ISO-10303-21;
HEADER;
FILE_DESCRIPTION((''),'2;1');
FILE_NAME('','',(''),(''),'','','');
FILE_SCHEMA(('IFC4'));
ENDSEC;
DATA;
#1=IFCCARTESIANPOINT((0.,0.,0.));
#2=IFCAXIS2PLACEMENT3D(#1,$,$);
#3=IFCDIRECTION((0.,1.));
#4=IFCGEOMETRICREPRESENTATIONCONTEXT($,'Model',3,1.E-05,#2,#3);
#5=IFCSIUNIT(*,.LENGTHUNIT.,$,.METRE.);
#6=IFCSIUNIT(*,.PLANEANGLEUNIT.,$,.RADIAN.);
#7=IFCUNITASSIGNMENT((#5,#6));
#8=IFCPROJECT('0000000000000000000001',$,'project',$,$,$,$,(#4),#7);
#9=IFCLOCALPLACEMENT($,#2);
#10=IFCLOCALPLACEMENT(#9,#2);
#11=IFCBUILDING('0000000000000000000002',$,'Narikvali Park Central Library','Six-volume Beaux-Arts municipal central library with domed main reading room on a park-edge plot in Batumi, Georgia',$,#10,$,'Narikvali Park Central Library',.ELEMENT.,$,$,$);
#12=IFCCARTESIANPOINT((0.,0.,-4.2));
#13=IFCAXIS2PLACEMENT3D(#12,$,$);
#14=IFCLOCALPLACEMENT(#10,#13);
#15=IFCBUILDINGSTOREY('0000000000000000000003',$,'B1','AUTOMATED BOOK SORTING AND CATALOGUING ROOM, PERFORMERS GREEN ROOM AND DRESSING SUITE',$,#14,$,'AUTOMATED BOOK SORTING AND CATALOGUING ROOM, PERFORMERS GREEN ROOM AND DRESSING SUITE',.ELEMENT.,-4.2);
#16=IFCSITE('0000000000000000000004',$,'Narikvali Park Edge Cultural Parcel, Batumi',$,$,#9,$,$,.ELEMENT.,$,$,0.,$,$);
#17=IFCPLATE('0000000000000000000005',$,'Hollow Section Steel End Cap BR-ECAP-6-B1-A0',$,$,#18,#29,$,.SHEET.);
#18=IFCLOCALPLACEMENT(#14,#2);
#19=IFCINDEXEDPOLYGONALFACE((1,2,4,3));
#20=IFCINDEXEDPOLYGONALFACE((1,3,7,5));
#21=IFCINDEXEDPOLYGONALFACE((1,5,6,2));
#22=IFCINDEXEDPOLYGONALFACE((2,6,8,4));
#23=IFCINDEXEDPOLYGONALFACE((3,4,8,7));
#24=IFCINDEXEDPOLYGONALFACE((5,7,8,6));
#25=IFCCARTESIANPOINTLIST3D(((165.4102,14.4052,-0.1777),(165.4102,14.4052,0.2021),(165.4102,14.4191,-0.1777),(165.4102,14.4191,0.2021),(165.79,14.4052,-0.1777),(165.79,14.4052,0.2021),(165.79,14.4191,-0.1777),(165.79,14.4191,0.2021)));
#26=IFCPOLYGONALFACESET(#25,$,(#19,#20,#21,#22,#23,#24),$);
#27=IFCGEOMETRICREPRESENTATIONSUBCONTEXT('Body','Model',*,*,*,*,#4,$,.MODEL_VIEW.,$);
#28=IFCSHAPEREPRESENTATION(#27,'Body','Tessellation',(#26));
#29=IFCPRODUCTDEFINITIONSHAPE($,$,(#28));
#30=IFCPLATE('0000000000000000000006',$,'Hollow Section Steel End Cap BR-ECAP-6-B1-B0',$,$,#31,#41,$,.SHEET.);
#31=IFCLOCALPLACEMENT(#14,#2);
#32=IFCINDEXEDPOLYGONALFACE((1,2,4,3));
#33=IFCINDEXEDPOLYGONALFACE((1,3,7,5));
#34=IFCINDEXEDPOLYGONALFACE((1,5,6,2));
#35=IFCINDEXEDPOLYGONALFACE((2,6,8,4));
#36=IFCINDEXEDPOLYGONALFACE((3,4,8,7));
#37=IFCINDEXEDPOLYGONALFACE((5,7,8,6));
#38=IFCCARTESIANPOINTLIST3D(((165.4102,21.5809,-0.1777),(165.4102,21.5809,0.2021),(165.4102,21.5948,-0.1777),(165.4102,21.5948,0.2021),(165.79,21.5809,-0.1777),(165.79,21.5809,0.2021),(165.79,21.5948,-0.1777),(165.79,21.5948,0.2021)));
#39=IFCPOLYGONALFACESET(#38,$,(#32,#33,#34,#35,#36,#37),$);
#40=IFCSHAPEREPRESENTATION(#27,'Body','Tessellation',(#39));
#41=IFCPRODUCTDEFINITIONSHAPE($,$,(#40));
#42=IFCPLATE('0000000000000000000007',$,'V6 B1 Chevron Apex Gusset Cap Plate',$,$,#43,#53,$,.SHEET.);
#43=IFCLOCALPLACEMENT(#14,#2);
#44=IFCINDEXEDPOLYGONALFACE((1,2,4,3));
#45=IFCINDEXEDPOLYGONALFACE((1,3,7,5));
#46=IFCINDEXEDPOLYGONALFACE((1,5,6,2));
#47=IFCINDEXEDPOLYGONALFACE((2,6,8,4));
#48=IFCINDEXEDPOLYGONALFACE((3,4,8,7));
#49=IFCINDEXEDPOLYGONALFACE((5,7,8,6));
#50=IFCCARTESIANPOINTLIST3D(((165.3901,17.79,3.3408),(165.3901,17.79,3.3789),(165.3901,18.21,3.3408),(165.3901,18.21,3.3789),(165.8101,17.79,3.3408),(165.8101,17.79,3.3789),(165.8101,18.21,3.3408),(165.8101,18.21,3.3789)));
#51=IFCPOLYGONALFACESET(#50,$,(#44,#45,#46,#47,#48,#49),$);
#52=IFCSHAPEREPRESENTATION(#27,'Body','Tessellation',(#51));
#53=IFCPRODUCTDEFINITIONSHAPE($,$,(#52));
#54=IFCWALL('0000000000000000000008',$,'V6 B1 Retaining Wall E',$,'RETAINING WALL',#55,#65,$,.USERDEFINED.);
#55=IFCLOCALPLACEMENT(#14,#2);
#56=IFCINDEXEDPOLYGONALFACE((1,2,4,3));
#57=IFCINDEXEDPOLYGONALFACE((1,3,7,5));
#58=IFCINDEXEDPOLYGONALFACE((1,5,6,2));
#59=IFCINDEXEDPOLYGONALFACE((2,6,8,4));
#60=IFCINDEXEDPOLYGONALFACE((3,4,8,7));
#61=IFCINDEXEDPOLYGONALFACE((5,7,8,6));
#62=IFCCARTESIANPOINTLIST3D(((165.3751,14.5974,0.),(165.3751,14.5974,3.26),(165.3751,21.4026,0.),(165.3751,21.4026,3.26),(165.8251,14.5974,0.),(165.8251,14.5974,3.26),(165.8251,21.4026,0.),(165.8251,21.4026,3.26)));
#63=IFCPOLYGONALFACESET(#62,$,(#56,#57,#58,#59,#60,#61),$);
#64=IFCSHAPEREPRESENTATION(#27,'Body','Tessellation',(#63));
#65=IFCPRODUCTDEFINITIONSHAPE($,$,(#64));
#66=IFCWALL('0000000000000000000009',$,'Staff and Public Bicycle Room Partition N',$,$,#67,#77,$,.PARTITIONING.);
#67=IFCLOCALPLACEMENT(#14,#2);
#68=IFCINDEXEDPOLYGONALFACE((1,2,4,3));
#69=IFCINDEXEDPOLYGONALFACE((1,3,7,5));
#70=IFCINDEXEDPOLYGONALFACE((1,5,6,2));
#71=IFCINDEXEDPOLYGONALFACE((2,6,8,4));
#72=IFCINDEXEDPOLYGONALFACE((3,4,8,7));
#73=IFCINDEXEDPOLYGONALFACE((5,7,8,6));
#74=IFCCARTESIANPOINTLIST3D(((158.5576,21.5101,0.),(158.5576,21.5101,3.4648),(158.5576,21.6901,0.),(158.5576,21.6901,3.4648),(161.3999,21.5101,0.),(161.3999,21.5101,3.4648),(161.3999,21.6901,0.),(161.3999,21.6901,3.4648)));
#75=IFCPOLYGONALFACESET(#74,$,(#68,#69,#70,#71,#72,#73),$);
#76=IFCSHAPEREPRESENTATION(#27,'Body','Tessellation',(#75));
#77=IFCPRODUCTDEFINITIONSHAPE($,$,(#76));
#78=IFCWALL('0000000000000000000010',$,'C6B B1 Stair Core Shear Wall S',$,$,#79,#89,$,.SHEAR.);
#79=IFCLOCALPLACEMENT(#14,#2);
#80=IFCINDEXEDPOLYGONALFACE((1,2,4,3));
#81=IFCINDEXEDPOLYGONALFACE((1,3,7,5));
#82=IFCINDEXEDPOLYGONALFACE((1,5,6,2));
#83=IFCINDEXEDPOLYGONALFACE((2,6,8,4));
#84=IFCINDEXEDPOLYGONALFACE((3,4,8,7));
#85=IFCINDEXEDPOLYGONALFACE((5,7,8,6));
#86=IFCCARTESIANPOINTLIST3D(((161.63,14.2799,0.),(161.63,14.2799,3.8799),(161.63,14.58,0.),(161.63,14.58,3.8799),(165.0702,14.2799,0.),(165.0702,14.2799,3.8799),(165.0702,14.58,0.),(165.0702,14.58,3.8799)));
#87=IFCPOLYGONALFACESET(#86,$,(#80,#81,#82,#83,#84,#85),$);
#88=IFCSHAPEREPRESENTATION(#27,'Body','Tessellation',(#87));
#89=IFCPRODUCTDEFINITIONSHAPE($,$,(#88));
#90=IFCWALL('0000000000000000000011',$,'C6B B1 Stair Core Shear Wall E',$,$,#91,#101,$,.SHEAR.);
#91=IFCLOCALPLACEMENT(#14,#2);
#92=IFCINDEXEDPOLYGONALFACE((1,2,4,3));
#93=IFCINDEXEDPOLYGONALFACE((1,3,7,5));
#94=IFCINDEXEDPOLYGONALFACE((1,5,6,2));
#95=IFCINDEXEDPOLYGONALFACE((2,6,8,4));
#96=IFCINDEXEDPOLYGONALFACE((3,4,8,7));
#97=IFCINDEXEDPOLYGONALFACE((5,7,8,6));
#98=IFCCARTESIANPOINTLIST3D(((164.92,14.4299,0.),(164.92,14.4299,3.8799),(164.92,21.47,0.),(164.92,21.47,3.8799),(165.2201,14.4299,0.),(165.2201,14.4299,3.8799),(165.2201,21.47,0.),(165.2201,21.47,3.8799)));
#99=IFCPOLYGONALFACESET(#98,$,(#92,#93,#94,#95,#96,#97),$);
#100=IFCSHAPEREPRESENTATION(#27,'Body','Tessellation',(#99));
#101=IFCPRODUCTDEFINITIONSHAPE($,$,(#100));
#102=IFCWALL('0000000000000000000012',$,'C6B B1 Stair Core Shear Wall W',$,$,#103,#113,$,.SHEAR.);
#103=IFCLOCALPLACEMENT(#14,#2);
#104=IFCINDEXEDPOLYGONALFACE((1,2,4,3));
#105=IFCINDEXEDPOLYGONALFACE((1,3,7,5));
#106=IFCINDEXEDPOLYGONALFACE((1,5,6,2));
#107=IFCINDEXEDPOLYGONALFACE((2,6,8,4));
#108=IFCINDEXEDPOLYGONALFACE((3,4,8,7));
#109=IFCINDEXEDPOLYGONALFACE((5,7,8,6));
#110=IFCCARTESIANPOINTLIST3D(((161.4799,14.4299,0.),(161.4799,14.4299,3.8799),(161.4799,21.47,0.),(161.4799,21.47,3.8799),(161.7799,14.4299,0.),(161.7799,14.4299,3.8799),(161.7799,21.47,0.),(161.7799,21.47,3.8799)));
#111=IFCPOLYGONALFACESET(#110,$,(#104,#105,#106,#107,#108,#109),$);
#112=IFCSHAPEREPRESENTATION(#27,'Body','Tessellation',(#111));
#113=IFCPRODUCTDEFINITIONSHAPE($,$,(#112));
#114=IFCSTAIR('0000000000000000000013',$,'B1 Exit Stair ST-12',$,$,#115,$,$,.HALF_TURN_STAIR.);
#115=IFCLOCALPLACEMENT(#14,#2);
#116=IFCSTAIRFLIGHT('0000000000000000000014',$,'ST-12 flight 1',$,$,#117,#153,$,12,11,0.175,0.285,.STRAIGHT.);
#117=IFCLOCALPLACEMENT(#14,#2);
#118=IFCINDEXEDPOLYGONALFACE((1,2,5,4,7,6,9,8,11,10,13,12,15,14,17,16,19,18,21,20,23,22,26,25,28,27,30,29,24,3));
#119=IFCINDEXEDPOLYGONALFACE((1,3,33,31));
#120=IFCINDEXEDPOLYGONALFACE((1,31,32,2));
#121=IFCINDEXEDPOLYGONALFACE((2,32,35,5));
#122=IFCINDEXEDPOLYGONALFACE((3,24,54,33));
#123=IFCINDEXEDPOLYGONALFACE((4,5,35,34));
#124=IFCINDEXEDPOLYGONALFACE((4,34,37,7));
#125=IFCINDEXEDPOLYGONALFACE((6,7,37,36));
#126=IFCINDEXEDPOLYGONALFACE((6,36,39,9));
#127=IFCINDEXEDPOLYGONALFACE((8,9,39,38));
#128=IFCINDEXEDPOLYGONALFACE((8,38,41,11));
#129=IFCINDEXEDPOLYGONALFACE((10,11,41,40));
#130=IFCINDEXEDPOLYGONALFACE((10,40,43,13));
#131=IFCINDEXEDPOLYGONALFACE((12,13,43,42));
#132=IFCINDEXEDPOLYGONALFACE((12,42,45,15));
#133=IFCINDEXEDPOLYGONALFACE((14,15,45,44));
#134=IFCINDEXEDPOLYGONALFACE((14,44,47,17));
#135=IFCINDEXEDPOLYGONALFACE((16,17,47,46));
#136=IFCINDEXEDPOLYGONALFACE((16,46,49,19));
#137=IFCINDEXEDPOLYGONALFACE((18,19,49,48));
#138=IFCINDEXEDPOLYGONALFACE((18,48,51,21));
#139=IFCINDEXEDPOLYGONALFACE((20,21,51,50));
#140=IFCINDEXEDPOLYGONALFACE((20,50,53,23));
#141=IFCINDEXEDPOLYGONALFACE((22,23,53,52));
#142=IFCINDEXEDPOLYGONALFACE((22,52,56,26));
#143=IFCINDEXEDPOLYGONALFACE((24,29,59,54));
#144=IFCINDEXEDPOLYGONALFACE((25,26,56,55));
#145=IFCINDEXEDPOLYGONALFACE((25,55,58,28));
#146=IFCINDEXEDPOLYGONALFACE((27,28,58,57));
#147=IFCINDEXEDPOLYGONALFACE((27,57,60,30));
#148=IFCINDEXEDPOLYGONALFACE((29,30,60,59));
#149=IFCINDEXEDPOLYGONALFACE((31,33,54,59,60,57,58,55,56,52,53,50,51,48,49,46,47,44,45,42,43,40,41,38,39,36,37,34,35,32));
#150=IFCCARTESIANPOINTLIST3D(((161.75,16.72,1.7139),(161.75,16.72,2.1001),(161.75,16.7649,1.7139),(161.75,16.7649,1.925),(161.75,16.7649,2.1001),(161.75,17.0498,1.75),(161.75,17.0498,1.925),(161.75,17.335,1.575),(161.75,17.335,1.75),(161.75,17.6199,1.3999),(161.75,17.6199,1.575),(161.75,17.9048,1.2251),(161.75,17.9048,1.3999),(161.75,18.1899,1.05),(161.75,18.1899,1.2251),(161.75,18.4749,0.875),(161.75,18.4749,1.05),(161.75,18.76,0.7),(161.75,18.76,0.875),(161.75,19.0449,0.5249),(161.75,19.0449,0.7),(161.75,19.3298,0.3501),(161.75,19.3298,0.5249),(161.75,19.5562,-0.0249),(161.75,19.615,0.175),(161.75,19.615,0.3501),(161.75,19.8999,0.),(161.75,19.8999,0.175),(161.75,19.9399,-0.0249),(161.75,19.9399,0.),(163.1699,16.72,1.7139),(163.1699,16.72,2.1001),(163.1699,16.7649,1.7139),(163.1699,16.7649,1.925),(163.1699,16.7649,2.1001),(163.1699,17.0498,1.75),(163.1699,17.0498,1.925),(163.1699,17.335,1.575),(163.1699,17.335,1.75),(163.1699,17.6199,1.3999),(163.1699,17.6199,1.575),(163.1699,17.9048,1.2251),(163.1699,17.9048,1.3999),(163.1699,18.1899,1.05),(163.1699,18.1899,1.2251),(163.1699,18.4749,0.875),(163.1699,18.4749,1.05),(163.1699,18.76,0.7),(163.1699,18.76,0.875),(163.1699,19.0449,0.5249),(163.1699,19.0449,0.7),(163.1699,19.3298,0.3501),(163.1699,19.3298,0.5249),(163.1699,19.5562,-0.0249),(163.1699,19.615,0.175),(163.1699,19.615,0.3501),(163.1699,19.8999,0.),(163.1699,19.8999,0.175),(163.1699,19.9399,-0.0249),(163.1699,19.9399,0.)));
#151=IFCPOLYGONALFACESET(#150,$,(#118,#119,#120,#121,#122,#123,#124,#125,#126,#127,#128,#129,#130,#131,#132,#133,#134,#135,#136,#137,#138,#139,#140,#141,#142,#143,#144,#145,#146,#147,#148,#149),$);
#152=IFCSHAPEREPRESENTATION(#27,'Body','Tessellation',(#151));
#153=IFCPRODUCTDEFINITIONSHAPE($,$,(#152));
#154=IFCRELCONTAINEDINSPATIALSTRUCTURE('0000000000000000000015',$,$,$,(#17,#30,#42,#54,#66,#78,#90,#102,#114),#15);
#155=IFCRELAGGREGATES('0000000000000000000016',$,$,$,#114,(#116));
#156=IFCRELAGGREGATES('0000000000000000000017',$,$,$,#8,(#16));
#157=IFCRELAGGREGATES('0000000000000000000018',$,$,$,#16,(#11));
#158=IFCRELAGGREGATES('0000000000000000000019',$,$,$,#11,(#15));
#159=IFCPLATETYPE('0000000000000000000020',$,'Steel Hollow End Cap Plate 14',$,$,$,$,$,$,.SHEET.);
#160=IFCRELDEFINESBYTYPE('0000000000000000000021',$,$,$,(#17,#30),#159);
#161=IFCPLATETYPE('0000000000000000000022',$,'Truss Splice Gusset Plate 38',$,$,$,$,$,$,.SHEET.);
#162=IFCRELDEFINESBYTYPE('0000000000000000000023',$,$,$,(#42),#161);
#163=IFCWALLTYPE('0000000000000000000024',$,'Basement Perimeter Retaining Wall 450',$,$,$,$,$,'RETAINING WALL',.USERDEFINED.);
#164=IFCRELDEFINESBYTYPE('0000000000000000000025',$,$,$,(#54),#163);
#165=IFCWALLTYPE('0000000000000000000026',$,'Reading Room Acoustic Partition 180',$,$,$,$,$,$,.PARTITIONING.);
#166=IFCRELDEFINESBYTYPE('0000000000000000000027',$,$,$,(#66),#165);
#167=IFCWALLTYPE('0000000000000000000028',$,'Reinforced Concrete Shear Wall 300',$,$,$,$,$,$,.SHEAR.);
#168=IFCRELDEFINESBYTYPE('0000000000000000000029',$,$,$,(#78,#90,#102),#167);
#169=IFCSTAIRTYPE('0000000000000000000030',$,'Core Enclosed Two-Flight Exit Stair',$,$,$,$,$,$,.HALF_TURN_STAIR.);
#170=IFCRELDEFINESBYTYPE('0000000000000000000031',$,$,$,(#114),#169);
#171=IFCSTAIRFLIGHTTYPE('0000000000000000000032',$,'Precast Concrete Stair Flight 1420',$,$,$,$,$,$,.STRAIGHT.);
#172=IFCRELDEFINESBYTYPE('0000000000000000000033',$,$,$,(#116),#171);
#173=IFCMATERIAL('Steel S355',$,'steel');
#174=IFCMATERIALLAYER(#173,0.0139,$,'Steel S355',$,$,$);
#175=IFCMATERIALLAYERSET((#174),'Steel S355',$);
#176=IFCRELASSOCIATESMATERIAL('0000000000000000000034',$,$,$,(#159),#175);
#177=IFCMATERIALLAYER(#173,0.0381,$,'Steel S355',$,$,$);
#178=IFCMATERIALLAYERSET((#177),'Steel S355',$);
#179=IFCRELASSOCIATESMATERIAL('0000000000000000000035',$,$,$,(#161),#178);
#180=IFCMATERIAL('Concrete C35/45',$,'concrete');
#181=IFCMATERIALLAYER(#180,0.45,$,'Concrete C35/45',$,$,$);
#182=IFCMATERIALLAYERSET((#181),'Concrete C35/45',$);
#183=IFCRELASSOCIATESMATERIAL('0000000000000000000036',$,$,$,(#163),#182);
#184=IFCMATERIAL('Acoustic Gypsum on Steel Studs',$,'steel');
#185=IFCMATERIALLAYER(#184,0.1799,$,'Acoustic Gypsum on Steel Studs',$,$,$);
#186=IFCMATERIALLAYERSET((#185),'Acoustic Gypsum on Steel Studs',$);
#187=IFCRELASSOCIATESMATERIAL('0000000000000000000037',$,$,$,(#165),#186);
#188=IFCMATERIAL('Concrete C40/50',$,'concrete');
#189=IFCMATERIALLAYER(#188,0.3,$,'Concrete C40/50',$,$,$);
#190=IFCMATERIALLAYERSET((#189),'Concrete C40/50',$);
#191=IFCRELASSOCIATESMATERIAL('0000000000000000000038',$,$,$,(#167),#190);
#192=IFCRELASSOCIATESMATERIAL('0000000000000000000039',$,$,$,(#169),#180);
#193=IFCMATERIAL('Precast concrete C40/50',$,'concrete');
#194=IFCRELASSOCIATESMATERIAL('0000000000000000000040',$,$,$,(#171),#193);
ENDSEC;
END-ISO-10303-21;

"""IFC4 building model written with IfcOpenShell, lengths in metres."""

from ifc_helpers import new_model, si_unit, direction, frame, frame_2d, origin, origin_2d, place, context, subcontext, project, spatial, polyline, rectangle, outline, extrude, material, layer, layer_set, type_object, element, aggregate, save


model = new_model("IFC4")

# Units and contexts
model_context = context("Model", 3, precision=1e-05, world=origin(), true_north=direction((0.0, 1.0)))
body_context = subcontext(model_context, "Body", "Model", "MODEL_VIEW")
ifc_project = project(units=[si_unit("LENGTHUNIT", "METRE"), si_unit("PLANEANGLEUNIT", "RADIAN")], contexts=[model_context])

# Site, building, storey
site_placement = place(None, origin())
site = spatial("IfcSite", under=ifc_project, at=site_placement, Name="Narikvali Park Edge Cultural Parcel, Batumi", CompositionType="ELEMENT", RefElevation=0.0)
building_placement = place(site_placement, origin())
building = spatial("IfcBuilding", under=site, at=building_placement, Name="Narikvali Park Central Library", Description="Six-volume Beaux-Arts municipal central library with domed main reading room on a park-edge plot in Batumi, Georgia", LongName="Narikvali Park Central Library", CompositionType="ELEMENT")
storey_placement = place(building_placement, frame((0.0, 0.0, -4.2)))
storey = spatial("IfcBuildingStorey", under=building, at=storey_placement, Name="B1", Description="AUTOMATED BOOK SORTING AND CATALOGUING ROOM, PERFORMERS GREEN ROOM AND DRESSING SUITE", LongName="AUTOMATED BOOK SORTING AND CATALOGUING ROOM, PERFORMERS GREEN ROOM AND DRESSING SUITE", CompositionType="ELEMENT", Elevation=-4.2)

# Shared definitions
ifc_material_1 = material(Name="Concrete C35/45", Category="concrete")

# Shared definitions
ifc_material_2 = material(Name="Steel S355", Category="steel")

# Plates
ifc_layer_1 = layer(ifc_material_2, 0.0139, Name="Steel S355")
ifc_layer_set_1 = layer_set([ifc_layer_1], Name="Steel S355")
plate_type_1 = type_object("IfcPlateType", Name="Steel Hollow End Cap Plate 14", PredefinedType="SHEET", material=ifc_layer_set_1)
for number, where, z_axis, x_axis, name in (
    (1, (165.6001, 14.4121, -0.1777), (0.0, 0.0, 1.0), (-1.0, 0.0, 0.0), "Hollow Section Steel End Cap BR-ECAP-6-B1-A0"),
    (2, (165.6001, 21.5879, -0.1777), (0.0, 0.0, 1.0), (1.0, 0.0, 0.0), "Hollow Section Steel End Cap BR-ECAP-6-B1-B0"),
):
    element("IfcPlate", number, at=place(storey_placement, frame(where, z_axis=z_axis, x_axis=x_axis)), inside=storey, type_object=plate_type_1, Name=name, PredefinedType="SHEET", context=body_context, shape_type="SweptSolid", body=[
        extrude(rectangle(XDim=0.3799, YDim=0.0139, at=origin_2d()), origin(), (0.0, 0.0, 1.0), 0.3799),
    ])
ifc_layer_2 = layer(ifc_material_2, 0.0381, Name="Steel S355")
ifc_layer_set_2 = layer_set([ifc_layer_2], Name="Steel S355")
plate_type_2 = type_object("IfcPlateType", Name="Truss Splice Gusset Plate 38", PredefinedType="SHEET", material=ifc_layer_set_2)
plate_placement = place(storey_placement, frame((165.6001, 18.0, 3.3408), z_axis=(0.0, 0.0, 1.0), x_axis=(1.0, 0.0, 0.0)))
element("IfcPlate", 3, at=plate_placement, inside=storey, type_object=plate_type_2, Name="V6 B1 Chevron Apex Gusset Cap Plate", PredefinedType="SHEET", context=body_context, shape_type="SweptSolid", body=[
    extrude(rectangle(XDim=0.4199, YDim=0.4199, at=origin_2d()), origin(), (0.0, 0.0, 1.0), 0.0381),
])

# Walls
ifc_layer_3 = layer(ifc_material_1, 0.45, Name="Concrete C35/45")
ifc_layer_set_3 = layer_set([ifc_layer_3], Name="Concrete C35/45")
wall_type_1 = type_object("IfcWallType", Name="Basement Perimeter Retaining Wall 450", ElementType="RETAINING WALL", PredefinedType="USERDEFINED", material=ifc_layer_set_3)
wall_1_placement = place(storey_placement, frame((165.6001, 14.5974, 0.0), z_axis=(0.0, 0.0, 1.0), x_axis=(0.0, 1.0, 0.0)))
element("IfcWall", 4, at=wall_1_placement, inside=storey, type_object=wall_type_1, Name="V6 B1 Retaining Wall E", ObjectType="RETAINING WALL", PredefinedType="USERDEFINED", context=body_context, shape_type="SweptSolid", body=[
    extrude(rectangle(XDim=6.8052, YDim=0.45, at=frame_2d((3.4026, 0.0))), origin(), (0.0, 0.0, 1.0), 3.26),
])
ifc_material_3 = material(Name="Acoustic Gypsum on Steel Studs", Category="steel")
ifc_layer_4 = layer(ifc_material_3, 0.1799, Name="Acoustic Gypsum on Steel Studs")
ifc_layer_set_4 = layer_set([ifc_layer_4], Name="Acoustic Gypsum on Steel Studs")
wall_type_2 = type_object("IfcWallType", Name="Reading Room Acoustic Partition 180", PredefinedType="PARTITIONING", material=ifc_layer_set_4)
wall_2_placement = place(storey_placement, frame((158.5576, 21.6001, 0.0), z_axis=(0.0, 0.0, 1.0), x_axis=(1.0, 0.0, 0.0)))
element("IfcWall", 5, at=wall_2_placement, inside=storey, type_object=wall_type_2, Name="Staff and Public Bicycle Room Partition N", PredefinedType="PARTITIONING", context=body_context, shape_type="SweptSolid", body=[
    extrude(rectangle(XDim=2.8423, YDim=0.1799, at=frame_2d((1.4211, 0.0))), origin(), (0.0, 0.0, 1.0), 3.4648),
])
ifc_material_4 = material(Name="Concrete C40/50", Category="concrete")
ifc_layer_5 = layer(ifc_material_4, 0.3, Name="Concrete C40/50")
ifc_layer_set_5 = layer_set([ifc_layer_5], Name="Concrete C40/50")
wall_type_3 = type_object("IfcWallType", Name="Reinforced Concrete Shear Wall 300", PredefinedType="SHEAR", material=ifc_layer_set_5)
wall_3_placement = place(storey_placement, frame((161.6299, 14.4299, 0.0), z_axis=(0.0, 0.0, 1.0), x_axis=(1.0, 0.0, 0.0)))
element("IfcWall", 6, at=wall_3_placement, inside=storey, type_object=wall_type_3, Name="C6B B1 Stair Core Shear Wall S", PredefinedType="SHEAR", context=body_context, shape_type="SweptSolid", body=[
    extrude(rectangle(XDim=3.4402, YDim=0.3, at=frame_2d((1.7202, 0.0))), origin(), (0.0, 0.0, 1.0), 3.8799),
])
wall_4_placement = place(storey_placement, frame((165.0701, 14.4299, 0.0), z_axis=(0.0, 0.0, 1.0), x_axis=(0.0, 1.0, 0.0)))
element("IfcWall", 7, at=wall_4_placement, inside=storey, type_object=wall_type_3, Name="C6B B1 Stair Core Shear Wall E", PredefinedType="SHEAR", context=body_context, shape_type="SweptSolid", body=[
    extrude(rectangle(XDim=7.04, YDim=0.3, at=frame_2d((3.52, 0.0))), origin(), (0.0, 0.0, 1.0), 3.8799),
])

# Wall
wall_5_placement = place(storey_placement, frame((161.6299, 21.47, 0.0), z_axis=(0.0, 0.0, 1.0), x_axis=(0.0, -1.0, 0.0)))
element("IfcWall", 8, at=wall_5_placement, inside=storey, type_object=wall_type_3, Name="C6B B1 Stair Core Shear Wall W", PredefinedType="SHEAR", context=body_context, shape_type="SweptSolid", body=[
    extrude(rectangle(XDim=7.04, YDim=0.3, at=frame_2d((3.52, 0.0))), origin(), (0.0, 0.0, 1.0), 3.8799),
])

# Stair, stair flight
stair_type = type_object("IfcStairType", Name="Core Enclosed Two-Flight Exit Stair", PredefinedType="HALF_TURN_STAIR", material=ifc_material_1)
stair_placement = place(storey_placement, origin())
stair = element("IfcStair", 9, at=stair_placement, inside=storey, type_object=stair_type, Name="B1 Exit Stair ST-12", PredefinedType="HALF_TURN_STAIR")
ifc_material_5 = material(Name="Precast concrete C40/50", Category="concrete")
stair_flight_type = type_object("IfcStairFlightType", Name="Precast Concrete Stair Flight 1420", PredefinedType="STRAIGHT", material=ifc_material_5)
stair_flight_1_placement = place(storey_placement, frame((162.46, 19.8999, 0.0), z_axis=(0.0, 0.0, 1.0), x_axis=(0.0, -1.0, 0.0)))
stair_flight_1 = element("IfcStairFlight", 10, at=stair_flight_1_placement, type_object=stair_flight_type, Name="ST-12 flight 1", NumberOfRisers=12, NumberOfTreads=11, PredefinedType="STRAIGHT", RiserHeight=0.175, TreadLength=0.285, context=body_context, shape_type="SweptSolid", body=[
    extrude(outline(polyline([(-0.04, -0.0249), (-0.04, 0.0), (0.0, 0.0), (0.0, 0.175), (0.2849, 0.175), (0.2849, 0.3501), (0.5701, 0.3501), (0.5701, 0.5249), (0.855, 0.5249), (0.855, 0.7), (1.1399, 0.7), (1.1399, 0.875), (1.425, 0.875), (1.425, 1.05), (1.71, 1.05), (1.71, 1.2251), (1.9951, 1.2251), (1.9951, 1.3999), (2.28, 1.3999), (2.28, 1.575), (2.5649, 1.575), (2.5649, 1.75), (2.8501, 1.75), (2.8501, 1.925), (3.135, 1.925), (3.135, 2.1001), (3.1799, 2.1001), (3.1799, 1.7139), (3.135, 1.7139), (0.3438, -0.0249), (-0.04, -0.0249)])), frame((0.0, 0.71, 0.0), z_axis=(0.0, -1.0, 0.0), x_axis=(1.0, 0.0, 0.0)), (0.0, 0.0, 1.0), 1.4199),
])
aggregate(stair, [stair_flight_1])

save(model, "model.ifc")
